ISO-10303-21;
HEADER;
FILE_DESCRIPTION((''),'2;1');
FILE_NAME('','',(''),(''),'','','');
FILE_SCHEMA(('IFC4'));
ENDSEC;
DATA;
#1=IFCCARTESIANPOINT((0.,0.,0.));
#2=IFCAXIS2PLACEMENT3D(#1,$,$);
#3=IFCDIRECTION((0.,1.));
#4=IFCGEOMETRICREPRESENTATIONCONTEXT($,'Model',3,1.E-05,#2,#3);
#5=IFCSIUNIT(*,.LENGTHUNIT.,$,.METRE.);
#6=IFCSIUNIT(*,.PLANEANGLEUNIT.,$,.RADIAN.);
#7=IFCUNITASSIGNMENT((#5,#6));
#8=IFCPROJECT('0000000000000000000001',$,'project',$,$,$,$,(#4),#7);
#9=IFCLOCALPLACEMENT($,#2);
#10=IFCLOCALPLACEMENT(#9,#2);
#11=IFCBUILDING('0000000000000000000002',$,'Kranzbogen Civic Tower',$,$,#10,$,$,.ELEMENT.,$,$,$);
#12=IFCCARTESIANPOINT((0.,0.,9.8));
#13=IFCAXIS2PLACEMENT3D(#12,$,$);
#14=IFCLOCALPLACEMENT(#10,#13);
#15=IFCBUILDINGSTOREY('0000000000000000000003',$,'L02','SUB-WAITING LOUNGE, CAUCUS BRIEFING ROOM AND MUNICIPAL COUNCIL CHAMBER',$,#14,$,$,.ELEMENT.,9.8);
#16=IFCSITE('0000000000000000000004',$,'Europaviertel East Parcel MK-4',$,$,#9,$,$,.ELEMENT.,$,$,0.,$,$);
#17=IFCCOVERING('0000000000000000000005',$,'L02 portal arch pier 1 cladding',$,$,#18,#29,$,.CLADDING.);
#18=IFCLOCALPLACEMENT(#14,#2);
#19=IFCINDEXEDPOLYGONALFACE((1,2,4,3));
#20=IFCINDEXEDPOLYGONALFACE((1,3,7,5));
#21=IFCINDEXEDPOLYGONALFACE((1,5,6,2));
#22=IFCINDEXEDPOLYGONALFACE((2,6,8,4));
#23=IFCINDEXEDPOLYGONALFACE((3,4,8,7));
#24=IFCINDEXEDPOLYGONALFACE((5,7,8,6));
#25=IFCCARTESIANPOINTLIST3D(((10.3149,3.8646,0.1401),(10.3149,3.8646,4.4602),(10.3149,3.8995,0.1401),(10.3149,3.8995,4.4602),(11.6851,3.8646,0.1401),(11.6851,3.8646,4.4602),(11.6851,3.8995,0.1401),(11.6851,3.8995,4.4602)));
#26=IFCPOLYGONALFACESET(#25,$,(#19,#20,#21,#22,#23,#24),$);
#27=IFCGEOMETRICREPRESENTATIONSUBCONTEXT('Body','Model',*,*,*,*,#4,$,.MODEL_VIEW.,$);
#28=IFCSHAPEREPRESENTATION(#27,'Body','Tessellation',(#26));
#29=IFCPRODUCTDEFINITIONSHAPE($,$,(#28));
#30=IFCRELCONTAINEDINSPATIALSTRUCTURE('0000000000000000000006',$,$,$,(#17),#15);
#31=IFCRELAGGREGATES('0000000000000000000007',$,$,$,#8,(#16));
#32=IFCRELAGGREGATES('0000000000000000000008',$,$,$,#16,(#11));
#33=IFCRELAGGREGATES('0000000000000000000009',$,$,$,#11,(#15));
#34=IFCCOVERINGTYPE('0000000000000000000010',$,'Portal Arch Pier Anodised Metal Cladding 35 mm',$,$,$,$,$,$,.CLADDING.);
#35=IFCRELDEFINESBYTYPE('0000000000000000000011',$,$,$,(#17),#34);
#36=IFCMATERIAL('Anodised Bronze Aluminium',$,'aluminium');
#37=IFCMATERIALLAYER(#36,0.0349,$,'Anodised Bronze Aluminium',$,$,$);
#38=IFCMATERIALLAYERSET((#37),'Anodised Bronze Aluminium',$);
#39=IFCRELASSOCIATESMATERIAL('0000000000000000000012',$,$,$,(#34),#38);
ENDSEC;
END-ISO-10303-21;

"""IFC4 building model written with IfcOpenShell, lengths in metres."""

from ifc_helpers import new_model, si_unit, direction, frame, origin, origin_2d, place, context, subcontext, project, spatial, rectangle, extrude, material, layer, layer_set, type_object, element, save


model = new_model("IFC4")

# Units and contexts
model_context = context("Model", 3, precision=1e-05, world=origin(), true_north=direction((0.0, 1.0)))
body_context = subcontext(model_context, "Body", "Model", "MODEL_VIEW")
ifc_project = project(units=[si_unit("LENGTHUNIT", "METRE"), si_unit("PLANEANGLEUNIT", "RADIAN")], contexts=[model_context])

# Site, building, storey
site_placement = place(None, origin())
site = spatial("IfcSite", under=ifc_project, at=site_placement, Name="Europaviertel East Parcel MK-4", CompositionType="ELEMENT", RefElevation=0.0)
building_placement = place(site_placement, origin())
building = spatial("IfcBuilding", under=site, at=building_placement, Name="Kranzbogen Civic Tower", CompositionType="ELEMENT")
storey_placement = place(building_placement, frame((0.0, 0.0, 9.8)))
storey = spatial("IfcBuildingStorey", under=building, at=storey_placement, Name="L02", Description="SUB-WAITING LOUNGE, CAUCUS BRIEFING ROOM AND MUNICIPAL COUNCIL CHAMBER", CompositionType="ELEMENT", Elevation=9.8)

# Covering
ifc_material_1 = material(Name="Anodised Bronze Aluminium", Category="aluminium")
ifc_layer_1 = layer(ifc_material_1, 0.0349, Name="Anodised Bronze Aluminium")
ifc_layer_set_1 = layer_set([ifc_layer_1], Name="Anodised Bronze Aluminium")
covering_type_1 = type_object("IfcCoveringType", Name="Portal Arch Pier Anodised Metal Cladding 35 mm", PredefinedType="CLADDING", material=ifc_layer_set_1)
covering_1_placement = place(storey_placement, frame((11.0, 3.8821, 0.1401), z_axis=(0.0, 0.0, 1.0), x_axis=(1.0, 0.0, 0.0)))
element("IfcCovering", 1, at=covering_1_placement, inside=storey, type_object=covering_type_1, Name="L02 portal arch pier 1 cladding", PredefinedType="CLADDING", context=body_context, shape_type="SweptSolid", body=[
    extrude(rectangle(XDim=1.3701, YDim=0.0349, at=origin_2d()), origin(), (0.0, 0.0, 1.0), 4.3201),
])

save(model, "model.ifc")
